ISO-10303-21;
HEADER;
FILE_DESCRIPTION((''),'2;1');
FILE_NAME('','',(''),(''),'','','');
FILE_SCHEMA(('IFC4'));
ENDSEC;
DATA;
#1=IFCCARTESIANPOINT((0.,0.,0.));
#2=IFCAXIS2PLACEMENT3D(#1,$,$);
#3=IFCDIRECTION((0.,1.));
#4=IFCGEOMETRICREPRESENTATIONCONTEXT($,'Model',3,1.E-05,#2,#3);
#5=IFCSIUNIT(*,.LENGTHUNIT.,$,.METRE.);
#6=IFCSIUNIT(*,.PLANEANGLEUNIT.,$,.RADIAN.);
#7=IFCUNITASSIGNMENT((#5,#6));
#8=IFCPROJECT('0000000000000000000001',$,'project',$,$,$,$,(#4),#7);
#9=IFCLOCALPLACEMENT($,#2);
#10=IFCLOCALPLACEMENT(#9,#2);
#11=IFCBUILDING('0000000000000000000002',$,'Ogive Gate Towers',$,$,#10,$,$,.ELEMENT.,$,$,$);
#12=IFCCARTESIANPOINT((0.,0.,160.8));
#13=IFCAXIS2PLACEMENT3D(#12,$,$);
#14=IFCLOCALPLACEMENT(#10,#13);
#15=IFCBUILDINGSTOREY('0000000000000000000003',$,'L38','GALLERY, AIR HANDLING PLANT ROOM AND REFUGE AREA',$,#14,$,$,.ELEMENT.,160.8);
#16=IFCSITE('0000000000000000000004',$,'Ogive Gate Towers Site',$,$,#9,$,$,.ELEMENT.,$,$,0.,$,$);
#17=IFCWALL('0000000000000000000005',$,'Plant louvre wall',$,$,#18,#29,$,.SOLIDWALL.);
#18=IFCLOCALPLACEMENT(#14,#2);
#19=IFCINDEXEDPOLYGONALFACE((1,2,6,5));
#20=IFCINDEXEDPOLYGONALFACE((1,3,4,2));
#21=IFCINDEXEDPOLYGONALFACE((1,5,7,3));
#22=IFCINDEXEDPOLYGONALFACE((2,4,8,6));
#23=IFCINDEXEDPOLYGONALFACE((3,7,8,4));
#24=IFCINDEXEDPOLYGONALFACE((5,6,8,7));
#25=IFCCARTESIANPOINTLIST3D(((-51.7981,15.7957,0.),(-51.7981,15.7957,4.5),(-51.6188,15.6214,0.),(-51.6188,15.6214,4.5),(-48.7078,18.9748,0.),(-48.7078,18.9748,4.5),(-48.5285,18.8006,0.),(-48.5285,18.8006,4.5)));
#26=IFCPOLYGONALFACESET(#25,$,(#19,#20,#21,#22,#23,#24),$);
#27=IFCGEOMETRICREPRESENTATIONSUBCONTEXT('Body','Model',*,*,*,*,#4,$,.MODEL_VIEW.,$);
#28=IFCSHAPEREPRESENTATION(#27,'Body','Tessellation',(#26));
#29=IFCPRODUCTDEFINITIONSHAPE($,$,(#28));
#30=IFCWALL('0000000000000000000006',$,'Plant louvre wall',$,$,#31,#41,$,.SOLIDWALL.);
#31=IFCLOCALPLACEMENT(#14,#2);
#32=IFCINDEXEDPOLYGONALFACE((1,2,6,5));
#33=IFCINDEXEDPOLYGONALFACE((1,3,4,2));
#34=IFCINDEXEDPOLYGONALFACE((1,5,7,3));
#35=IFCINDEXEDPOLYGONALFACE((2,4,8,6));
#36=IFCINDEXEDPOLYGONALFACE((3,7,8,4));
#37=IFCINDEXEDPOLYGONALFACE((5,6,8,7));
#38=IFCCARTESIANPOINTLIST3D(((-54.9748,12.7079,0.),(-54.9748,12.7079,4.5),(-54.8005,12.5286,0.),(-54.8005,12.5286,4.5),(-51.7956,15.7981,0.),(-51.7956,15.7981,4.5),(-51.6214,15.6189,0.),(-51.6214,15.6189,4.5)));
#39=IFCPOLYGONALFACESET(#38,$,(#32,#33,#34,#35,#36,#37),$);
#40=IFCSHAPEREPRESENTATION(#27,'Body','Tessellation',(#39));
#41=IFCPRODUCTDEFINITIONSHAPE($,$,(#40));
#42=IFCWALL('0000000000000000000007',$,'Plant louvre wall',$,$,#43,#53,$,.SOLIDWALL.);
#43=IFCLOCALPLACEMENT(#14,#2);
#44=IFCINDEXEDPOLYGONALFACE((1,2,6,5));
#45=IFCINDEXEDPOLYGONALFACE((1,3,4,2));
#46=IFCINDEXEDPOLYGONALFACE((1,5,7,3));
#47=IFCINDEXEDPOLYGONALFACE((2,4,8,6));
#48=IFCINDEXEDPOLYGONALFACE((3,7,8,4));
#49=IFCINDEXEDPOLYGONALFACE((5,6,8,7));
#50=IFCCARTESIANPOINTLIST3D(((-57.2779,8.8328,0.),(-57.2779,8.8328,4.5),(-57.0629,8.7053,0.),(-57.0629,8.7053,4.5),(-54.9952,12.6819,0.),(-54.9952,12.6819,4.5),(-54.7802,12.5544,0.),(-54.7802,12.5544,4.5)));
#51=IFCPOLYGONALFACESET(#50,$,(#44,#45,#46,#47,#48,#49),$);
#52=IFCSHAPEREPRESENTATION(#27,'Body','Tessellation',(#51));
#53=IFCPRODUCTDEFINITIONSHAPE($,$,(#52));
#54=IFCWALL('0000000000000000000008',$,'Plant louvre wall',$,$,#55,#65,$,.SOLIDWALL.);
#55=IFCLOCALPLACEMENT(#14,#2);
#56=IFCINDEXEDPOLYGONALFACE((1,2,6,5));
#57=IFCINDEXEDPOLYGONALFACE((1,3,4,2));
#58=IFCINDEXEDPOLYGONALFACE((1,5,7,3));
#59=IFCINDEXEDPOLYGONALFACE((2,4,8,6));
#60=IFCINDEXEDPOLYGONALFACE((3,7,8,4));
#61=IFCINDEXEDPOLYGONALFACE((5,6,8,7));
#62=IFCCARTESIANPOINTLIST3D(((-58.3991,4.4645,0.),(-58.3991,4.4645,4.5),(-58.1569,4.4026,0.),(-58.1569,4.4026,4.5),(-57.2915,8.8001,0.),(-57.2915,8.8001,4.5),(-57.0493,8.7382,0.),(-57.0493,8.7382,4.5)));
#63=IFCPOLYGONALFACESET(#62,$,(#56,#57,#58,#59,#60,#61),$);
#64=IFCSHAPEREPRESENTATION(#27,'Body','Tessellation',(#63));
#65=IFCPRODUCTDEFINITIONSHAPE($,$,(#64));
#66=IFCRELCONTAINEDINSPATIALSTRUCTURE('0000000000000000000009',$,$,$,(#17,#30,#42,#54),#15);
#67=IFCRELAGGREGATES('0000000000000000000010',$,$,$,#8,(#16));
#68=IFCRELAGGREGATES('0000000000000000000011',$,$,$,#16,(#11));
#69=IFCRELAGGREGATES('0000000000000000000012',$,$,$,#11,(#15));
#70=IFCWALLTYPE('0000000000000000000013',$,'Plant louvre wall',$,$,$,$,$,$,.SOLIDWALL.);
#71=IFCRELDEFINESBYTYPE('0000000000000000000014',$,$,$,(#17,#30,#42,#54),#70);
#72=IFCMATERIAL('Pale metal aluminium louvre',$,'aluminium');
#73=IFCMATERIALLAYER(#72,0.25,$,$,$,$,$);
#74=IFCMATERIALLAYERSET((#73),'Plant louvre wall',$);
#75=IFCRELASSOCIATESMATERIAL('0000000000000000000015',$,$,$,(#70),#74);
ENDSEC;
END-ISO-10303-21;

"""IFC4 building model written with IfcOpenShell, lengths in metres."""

from ifc_helpers import new_model, si_unit, direction, frame, frame_2d, origin, place, context, subcontext, project, spatial, rectangle, extrude, material, layer, layer_set, type_object, element, save


model = new_model("IFC4")

# Units and contexts
model_context = context("Model", 3, precision=1e-05, world=origin(), true_north=direction((0.0, 1.0)))
body_context = subcontext(model_context, "Body", "Model", "MODEL_VIEW")
ifc_project = project(units=[si_unit("LENGTHUNIT", "METRE"), si_unit("PLANEANGLEUNIT", "RADIAN")], contexts=[model_context])

# Site, building, storey
site_placement = place(None, origin())
site = spatial("IfcSite", under=ifc_project, at=site_placement, Name="Ogive Gate Towers Site", CompositionType="ELEMENT", RefElevation=0.0)
building_placement = place(site_placement, origin())
building = spatial("IfcBuilding", under=site, at=building_placement, Name="Ogive Gate Towers", CompositionType="ELEMENT")
storey_placement = place(building_placement, frame((0.0, 0.0, 160.8)))
storey = spatial("IfcBuildingStorey", under=building, at=storey_placement, Name="L38", Description="GALLERY, AIR HANDLING PLANT ROOM AND REFUGE AREA", CompositionType="ELEMENT", Elevation=160.8)

# Walls
ifc_material_1 = material(Name="Pale metal aluminium louvre", Category="aluminium")
ifc_layer = layer(ifc_material_1, 0.25)
ifc_layer_set = layer_set([ifc_layer], Name="Plant louvre wall")
wall_type = type_object("IfcWallType", Name="Plant louvre wall", PredefinedType="SOLIDWALL", material=ifc_layer_set)
for number, where, z_axis, x_axis, name in (
    (1, (-48.6182, 18.8877, 0.0), (0.0, 0.0, 1.0), (-0.697014, -0.717058, 0.0), "Plant louvre wall"),
    (2, (-51.7085, 15.7085, 0.0), (0.0, 0.0, 1.0), (-0.717058, -0.697014, 0.0), "Plant louvre wall"),
):
    element("IfcWall", number, at=place(storey_placement, frame(where, z_axis=z_axis, x_axis=x_axis)), inside=storey, type_object=wall_type, Name=name, PredefinedType="SOLIDWALL", context=body_context, shape_type="SweptSolid", body=[
        extrude(rectangle(XDim=4.4336, YDim=0.25, at=frame_2d((2.2168, 0.0))), origin(), (0.0, 0.0, 1.0), 4.5),
    ])
wall_1_placement = place(storey_placement, frame((-54.8877, 12.6182, 0.0), z_axis=(0.0, 0.0, 1.0), x_axis=(-0.510092, -0.86012, 0.0)))
element("IfcWall", 3, at=wall_1_placement, inside=storey, type_object=wall_type, Name="Plant louvre wall", PredefinedType="SOLIDWALL", context=body_context, shape_type="SweptSolid", body=[
    extrude(rectangle(XDim=4.4751, YDim=0.25, at=frame_2d((2.2375, 0.0))), origin(), (0.0, 0.0, 1.0), 4.5),
])
wall_2_placement = place(storey_placement, frame((-57.1704, 8.769, 0.0), z_axis=(0.0, 0.0, 1.0), x_axis=(-0.247526, -0.968881, 0.0)))
element("IfcWall", 4, at=wall_2_placement, inside=storey, type_object=wall_type, Name="Plant louvre wall", PredefinedType="SOLIDWALL", context=body_context, shape_type="SweptSolid", body=[
    extrude(rectangle(XDim=4.4749, YDim=0.25, at=frame_2d((2.2373, 0.0))), origin(), (0.0, 0.0, 1.0), 4.5),
])

save(model, "model.ifc")
